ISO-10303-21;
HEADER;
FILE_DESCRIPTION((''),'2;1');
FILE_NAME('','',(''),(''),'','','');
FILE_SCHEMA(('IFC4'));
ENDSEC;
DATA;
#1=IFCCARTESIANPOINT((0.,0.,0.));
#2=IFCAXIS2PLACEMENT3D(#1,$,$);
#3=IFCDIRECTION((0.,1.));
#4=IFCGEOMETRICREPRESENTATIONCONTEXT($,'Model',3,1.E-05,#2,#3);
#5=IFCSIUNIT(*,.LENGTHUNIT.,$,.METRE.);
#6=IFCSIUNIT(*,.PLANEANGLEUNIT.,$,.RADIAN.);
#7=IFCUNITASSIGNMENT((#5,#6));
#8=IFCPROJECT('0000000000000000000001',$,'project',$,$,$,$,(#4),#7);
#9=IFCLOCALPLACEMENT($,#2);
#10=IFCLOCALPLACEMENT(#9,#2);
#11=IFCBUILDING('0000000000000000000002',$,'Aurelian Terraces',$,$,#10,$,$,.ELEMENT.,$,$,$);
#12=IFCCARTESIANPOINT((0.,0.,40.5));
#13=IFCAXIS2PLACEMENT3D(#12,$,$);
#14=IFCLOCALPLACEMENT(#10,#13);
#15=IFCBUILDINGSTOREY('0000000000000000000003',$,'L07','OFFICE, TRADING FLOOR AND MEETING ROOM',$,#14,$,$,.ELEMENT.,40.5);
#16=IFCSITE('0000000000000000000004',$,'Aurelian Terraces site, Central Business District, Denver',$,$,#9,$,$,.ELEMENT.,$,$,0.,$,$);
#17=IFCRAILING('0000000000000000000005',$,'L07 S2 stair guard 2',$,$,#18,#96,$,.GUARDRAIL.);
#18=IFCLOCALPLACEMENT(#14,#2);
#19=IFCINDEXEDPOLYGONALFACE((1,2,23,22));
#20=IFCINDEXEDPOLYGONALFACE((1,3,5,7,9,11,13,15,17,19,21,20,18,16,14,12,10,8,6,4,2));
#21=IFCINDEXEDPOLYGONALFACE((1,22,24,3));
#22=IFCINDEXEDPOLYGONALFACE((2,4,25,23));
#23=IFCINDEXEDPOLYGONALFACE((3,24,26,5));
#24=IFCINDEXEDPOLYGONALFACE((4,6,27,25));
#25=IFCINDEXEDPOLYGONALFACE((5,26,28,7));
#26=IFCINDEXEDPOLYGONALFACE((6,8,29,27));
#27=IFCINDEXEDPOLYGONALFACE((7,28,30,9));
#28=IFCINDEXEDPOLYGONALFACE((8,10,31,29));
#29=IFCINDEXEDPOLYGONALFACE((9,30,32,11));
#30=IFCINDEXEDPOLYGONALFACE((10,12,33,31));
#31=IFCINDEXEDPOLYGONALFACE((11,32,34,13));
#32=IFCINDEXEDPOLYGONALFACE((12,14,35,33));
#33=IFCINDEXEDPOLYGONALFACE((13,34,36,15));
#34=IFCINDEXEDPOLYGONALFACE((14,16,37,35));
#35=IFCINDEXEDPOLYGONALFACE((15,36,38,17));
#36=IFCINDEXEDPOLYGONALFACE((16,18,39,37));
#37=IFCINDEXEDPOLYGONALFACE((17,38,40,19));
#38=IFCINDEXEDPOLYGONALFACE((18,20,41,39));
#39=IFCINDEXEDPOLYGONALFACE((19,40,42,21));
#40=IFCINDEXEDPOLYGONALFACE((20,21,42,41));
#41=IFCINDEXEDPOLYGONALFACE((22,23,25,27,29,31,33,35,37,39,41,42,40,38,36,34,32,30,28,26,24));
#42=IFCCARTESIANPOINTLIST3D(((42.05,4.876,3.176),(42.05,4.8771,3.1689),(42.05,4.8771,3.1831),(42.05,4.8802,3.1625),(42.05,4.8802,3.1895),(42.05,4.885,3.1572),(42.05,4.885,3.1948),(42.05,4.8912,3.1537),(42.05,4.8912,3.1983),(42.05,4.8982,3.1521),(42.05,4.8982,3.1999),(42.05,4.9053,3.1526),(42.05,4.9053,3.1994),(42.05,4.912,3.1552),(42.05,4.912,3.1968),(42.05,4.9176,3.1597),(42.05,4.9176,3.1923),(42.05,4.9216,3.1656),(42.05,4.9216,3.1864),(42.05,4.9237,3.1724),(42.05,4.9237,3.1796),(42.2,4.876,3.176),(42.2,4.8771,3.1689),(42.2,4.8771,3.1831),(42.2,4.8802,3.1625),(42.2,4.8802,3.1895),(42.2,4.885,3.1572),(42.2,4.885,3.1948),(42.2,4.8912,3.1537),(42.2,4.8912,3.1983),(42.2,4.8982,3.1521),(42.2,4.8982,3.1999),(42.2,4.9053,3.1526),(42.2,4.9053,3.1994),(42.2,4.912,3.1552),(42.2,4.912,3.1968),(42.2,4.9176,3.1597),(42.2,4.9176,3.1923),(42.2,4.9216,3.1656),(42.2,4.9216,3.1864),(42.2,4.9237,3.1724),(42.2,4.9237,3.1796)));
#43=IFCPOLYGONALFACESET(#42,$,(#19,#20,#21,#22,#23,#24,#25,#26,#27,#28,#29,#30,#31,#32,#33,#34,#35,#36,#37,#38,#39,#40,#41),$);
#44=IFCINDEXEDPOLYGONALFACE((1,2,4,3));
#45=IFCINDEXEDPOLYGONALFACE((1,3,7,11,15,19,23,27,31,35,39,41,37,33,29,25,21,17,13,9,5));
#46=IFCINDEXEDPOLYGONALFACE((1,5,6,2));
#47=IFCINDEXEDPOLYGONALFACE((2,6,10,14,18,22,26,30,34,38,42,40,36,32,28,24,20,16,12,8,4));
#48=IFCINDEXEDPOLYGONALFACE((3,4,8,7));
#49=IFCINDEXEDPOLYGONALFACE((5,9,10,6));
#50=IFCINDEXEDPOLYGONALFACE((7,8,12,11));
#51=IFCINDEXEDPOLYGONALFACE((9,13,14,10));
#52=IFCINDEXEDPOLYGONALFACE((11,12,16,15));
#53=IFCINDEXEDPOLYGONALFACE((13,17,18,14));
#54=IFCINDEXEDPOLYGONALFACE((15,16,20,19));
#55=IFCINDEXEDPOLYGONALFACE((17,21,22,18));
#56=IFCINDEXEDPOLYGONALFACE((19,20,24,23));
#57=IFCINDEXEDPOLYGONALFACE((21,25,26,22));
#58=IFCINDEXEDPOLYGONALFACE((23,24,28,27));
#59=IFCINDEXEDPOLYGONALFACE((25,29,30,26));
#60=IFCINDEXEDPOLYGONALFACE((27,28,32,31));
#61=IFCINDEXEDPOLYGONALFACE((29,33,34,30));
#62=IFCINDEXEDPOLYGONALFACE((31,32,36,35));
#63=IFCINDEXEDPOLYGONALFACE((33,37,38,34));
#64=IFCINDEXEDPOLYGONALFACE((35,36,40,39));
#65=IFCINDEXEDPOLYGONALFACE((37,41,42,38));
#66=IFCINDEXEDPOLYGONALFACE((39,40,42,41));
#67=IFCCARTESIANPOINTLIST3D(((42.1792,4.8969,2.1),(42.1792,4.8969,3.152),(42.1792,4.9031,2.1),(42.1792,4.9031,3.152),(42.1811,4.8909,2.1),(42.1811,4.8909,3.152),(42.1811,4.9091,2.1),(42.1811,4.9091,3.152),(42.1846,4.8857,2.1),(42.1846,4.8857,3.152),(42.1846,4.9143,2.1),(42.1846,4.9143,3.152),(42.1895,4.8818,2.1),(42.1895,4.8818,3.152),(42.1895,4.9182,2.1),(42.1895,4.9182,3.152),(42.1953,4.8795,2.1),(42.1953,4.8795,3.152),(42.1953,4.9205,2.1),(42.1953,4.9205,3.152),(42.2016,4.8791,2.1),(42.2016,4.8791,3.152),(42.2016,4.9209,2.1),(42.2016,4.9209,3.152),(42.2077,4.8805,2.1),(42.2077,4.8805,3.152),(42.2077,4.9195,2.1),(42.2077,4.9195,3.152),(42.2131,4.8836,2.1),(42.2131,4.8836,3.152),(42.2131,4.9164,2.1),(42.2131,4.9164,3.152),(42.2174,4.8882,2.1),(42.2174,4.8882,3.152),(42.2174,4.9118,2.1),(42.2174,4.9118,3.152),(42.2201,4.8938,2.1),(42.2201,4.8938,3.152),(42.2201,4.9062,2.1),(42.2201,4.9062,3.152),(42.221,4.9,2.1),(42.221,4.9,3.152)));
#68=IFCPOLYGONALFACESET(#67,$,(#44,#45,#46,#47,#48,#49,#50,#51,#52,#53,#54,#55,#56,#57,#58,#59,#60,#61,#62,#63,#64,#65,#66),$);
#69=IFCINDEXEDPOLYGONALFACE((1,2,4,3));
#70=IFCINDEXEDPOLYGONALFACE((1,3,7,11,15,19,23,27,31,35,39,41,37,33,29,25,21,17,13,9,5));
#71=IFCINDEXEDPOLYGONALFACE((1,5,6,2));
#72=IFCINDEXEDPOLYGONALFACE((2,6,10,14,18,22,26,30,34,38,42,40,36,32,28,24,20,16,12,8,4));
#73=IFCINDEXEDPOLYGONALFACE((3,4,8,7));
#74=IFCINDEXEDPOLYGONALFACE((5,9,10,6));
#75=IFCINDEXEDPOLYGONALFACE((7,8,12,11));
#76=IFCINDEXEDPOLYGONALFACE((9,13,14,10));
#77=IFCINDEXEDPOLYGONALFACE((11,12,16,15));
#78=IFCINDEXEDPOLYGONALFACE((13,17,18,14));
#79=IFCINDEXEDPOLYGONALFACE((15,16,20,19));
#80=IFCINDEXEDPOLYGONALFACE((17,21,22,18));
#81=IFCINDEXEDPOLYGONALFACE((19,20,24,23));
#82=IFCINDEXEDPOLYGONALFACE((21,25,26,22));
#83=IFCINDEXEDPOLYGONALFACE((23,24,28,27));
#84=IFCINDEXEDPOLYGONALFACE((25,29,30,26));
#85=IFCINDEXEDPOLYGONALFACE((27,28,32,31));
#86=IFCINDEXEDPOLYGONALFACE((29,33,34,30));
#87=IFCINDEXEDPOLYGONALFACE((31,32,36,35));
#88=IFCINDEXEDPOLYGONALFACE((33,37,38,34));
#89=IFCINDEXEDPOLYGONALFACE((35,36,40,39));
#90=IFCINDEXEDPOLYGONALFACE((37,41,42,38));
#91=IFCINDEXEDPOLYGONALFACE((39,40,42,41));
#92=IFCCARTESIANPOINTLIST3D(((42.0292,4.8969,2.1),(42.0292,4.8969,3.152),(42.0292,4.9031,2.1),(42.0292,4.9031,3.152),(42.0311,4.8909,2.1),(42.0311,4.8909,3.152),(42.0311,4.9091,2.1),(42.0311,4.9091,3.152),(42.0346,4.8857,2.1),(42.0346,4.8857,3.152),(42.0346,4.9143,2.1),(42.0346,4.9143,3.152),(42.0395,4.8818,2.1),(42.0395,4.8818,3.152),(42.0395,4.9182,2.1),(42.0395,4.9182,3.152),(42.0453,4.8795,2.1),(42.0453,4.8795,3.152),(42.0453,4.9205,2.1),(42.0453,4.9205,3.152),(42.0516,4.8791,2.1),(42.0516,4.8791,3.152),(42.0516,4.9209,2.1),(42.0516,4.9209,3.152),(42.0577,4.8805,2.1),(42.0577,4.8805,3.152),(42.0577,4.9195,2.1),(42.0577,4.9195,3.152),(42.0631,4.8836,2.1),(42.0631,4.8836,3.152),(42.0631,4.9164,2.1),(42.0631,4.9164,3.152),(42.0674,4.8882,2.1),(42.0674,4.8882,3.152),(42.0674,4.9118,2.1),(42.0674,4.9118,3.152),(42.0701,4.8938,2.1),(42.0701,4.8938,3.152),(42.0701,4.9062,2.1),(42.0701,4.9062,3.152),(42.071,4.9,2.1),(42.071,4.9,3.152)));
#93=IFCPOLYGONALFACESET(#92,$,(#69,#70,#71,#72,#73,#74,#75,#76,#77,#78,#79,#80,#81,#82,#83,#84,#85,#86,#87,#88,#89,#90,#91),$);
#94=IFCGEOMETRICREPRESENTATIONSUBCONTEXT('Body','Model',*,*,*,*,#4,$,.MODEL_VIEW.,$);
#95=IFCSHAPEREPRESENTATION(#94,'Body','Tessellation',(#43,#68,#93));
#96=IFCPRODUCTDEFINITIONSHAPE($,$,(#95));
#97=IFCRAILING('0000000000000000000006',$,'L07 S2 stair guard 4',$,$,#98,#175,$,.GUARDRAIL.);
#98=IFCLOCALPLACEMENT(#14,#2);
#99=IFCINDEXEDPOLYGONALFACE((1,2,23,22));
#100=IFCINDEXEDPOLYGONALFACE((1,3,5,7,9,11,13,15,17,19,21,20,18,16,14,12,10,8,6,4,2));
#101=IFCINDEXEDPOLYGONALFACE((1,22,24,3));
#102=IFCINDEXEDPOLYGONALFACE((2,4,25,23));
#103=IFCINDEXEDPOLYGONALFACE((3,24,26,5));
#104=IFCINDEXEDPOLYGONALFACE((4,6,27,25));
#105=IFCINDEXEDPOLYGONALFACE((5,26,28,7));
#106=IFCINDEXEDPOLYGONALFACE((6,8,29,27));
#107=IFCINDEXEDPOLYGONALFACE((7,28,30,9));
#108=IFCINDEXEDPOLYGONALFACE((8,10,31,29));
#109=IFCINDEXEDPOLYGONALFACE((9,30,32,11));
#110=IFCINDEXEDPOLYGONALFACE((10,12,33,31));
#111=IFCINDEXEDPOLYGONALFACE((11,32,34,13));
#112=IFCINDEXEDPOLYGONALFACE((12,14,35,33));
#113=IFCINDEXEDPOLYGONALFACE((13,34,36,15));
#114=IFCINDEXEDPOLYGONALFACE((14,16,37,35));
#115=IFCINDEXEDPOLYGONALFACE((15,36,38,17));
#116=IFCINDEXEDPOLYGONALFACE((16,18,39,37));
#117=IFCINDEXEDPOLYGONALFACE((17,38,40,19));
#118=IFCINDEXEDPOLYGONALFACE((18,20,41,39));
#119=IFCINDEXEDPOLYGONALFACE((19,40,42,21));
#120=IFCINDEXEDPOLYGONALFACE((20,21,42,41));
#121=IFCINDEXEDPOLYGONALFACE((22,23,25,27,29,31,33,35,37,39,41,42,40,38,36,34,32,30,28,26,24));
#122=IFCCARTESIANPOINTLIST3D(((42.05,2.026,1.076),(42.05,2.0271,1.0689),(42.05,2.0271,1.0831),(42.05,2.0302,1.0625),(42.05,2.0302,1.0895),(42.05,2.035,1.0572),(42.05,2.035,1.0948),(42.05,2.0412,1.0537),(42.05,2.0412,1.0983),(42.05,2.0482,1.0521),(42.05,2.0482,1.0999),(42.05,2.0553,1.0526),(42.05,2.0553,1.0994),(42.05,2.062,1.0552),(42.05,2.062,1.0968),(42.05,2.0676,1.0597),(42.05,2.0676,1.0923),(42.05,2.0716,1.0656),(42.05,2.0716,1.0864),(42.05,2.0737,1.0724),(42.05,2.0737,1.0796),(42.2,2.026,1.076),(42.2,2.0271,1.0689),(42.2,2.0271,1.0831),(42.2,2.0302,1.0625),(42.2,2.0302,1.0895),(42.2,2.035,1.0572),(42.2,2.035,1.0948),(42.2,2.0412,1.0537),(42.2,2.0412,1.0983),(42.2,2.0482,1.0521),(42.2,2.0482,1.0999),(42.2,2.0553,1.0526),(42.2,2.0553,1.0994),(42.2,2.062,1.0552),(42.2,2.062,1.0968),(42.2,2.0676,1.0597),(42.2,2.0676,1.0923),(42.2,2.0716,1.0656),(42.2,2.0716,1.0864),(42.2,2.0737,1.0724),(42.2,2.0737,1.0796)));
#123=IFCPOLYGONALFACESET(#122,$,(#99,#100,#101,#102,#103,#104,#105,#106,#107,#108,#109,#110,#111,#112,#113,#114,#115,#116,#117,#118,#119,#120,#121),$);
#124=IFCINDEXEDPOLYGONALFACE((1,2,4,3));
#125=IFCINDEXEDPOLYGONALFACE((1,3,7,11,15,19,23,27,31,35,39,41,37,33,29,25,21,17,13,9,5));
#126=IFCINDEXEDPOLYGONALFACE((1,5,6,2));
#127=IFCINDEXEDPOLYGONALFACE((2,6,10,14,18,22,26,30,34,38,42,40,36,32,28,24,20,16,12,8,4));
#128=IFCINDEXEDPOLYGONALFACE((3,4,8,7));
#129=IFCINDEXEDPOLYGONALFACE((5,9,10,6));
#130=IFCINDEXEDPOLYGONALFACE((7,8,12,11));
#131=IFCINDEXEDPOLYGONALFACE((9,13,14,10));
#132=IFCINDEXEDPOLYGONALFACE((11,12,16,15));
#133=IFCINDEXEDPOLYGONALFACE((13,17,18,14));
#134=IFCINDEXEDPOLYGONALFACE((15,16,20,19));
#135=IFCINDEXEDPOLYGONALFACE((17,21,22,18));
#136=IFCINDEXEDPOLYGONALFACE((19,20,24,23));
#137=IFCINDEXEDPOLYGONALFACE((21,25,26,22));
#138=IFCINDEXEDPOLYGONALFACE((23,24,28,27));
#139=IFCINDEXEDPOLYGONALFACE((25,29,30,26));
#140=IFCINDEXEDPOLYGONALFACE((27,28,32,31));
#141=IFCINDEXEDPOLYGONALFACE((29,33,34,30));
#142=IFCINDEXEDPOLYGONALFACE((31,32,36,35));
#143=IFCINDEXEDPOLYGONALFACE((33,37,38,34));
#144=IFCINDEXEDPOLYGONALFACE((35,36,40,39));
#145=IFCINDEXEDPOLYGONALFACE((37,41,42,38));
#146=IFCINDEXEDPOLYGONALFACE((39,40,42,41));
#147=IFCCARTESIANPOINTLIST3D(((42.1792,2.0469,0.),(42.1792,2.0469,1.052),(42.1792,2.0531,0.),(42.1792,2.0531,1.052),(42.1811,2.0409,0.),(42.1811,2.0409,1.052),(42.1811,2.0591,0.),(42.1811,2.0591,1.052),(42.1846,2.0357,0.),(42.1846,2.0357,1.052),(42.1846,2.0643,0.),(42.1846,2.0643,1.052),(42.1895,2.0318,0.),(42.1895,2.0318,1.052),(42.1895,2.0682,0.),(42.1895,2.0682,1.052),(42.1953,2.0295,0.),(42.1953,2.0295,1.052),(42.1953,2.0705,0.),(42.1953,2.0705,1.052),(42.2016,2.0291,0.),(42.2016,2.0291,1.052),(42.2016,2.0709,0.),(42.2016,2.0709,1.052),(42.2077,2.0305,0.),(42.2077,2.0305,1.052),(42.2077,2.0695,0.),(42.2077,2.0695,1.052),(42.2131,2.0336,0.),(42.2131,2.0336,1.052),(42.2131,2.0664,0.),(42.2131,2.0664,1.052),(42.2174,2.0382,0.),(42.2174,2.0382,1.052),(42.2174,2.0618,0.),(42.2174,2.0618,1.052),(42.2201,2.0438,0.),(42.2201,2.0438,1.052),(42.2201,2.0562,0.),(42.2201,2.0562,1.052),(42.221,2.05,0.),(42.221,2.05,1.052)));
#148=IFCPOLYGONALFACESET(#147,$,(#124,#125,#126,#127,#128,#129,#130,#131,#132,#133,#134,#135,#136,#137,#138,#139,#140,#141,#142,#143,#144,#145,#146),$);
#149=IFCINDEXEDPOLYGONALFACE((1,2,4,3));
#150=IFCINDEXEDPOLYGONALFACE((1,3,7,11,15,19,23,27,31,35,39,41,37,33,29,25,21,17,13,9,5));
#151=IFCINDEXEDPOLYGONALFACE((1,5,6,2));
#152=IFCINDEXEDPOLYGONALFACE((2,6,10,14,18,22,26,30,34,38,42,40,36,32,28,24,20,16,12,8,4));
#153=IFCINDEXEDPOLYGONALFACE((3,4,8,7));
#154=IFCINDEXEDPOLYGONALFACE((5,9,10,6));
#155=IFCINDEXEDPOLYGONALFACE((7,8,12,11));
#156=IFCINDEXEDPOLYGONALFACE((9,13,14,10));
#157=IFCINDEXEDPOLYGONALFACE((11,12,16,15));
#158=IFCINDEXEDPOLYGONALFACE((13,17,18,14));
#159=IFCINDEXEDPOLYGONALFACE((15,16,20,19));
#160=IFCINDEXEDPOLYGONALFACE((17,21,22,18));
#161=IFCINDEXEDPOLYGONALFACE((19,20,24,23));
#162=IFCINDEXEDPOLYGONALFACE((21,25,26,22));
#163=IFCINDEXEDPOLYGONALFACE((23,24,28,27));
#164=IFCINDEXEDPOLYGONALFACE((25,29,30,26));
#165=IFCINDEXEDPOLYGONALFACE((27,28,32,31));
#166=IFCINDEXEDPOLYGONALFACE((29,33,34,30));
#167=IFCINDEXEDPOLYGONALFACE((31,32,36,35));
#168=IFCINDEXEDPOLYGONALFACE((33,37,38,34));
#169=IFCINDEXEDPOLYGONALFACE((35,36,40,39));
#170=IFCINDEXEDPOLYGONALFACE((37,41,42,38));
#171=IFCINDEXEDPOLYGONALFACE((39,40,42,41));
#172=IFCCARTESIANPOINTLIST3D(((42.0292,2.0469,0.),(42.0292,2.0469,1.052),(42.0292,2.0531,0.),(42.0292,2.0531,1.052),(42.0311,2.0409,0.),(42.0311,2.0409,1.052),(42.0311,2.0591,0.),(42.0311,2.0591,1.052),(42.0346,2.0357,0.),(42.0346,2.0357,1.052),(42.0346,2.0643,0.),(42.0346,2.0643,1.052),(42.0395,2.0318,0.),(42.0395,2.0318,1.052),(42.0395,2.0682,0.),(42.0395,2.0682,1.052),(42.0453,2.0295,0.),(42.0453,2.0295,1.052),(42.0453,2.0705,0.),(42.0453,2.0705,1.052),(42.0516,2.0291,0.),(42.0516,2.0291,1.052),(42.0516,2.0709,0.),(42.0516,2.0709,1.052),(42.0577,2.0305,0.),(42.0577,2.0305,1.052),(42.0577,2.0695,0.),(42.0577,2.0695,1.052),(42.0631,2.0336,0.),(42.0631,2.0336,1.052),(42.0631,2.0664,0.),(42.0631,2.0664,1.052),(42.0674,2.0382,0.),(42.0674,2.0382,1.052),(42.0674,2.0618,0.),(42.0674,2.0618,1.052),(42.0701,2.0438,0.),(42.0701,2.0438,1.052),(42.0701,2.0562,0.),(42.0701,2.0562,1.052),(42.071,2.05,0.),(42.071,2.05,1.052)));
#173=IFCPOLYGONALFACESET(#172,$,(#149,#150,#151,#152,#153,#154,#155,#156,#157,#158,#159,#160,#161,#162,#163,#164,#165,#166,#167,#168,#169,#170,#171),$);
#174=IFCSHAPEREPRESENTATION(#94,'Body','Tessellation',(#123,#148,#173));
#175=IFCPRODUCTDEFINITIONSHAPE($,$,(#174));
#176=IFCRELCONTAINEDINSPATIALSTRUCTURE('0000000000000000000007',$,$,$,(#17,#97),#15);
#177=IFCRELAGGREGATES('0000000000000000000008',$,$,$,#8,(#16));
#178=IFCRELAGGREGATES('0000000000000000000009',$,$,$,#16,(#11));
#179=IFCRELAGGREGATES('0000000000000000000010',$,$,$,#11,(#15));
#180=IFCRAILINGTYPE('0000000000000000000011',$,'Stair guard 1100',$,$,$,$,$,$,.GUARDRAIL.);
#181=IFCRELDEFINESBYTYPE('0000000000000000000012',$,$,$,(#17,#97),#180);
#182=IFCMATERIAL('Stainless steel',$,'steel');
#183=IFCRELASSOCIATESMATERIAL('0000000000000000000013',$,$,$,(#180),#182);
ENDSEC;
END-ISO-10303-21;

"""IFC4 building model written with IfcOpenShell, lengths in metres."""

from ifc_helpers import new_model, si_unit, direction, frame, origin, origin_2d, place, context, subcontext, project, spatial, circle, extrude, source, transform, mapped, material, type_object, element, save


model = new_model("IFC4")

# Units and contexts
model_context = context("Model", 3, precision=1e-05, world=origin(), true_north=direction((0.0, 1.0)))
body_context = subcontext(model_context, "Body", "Model", "MODEL_VIEW")
ifc_project = project(units=[si_unit("LENGTHUNIT", "METRE"), si_unit("PLANEANGLEUNIT", "RADIAN")], contexts=[model_context])

# Site, building, storey
site_placement = place(None, origin())
site = spatial("IfcSite", under=ifc_project, at=site_placement, Name="Aurelian Terraces site, Central Business District, Denver", CompositionType="ELEMENT", RefElevation=0.0)
building_placement = place(site_placement, origin())
building = spatial("IfcBuilding", under=site, at=building_placement, Name="Aurelian Terraces", CompositionType="ELEMENT")
storey_placement = place(building_placement, frame((0.0, 0.0, 40.5)))
storey = spatial("IfcBuildingStorey", under=building, at=storey_placement, Name="L07", Description="OFFICE, TRADING FLOOR AND MEETING ROOM", CompositionType="ELEMENT", Elevation=40.5)

# Railings
ifc_material_1 = material(Name="Stainless steel", Category="steel")
railing_type_1 = type_object("IfcRailingType", Name="Stair guard 1100", PredefinedType="GUARDRAIL", material=ifc_material_1)
shared_shape_1 = source(origin(), body_context, "Body", "SweptSolid", [
    extrude(circle(Radius=0.024, at=origin_2d()), frame((0.0, 0.0, 1.076), z_axis=(-1.0, 0.0, 0.0), x_axis=(0.0, -1.0, 0.0)), (0.0, 0.0, 1.0), 0.15),
    extrude(circle(Radius=0.021, at=origin_2d()), origin(), (0.0, 0.0, 1.0), 1.052),
    extrude(circle(Radius=0.021, at=origin_2d()), frame((-0.15, 0.0, 0.0)), (0.0, 0.0, 1.0), 1.052),
])
for number, where, name in (
    (1, (42.2, 4.9, 2.1), "L07 S2 stair guard 2"),
    (2, (42.2, 2.05, 0.0), "L07 S2 stair guard 4"),
):
    element("IfcRailing", number, at=place(storey_placement, frame(where)), inside=storey, type_object=railing_type_1, Name=name, PredefinedType="GUARDRAIL", context=body_context, shape_type="MappedRepresentation", body=[
        mapped(shared_shape_1, transform((0.0, 0.0, 0.0), scale=1.0)),
    ])

save(model, "model.ifc")
